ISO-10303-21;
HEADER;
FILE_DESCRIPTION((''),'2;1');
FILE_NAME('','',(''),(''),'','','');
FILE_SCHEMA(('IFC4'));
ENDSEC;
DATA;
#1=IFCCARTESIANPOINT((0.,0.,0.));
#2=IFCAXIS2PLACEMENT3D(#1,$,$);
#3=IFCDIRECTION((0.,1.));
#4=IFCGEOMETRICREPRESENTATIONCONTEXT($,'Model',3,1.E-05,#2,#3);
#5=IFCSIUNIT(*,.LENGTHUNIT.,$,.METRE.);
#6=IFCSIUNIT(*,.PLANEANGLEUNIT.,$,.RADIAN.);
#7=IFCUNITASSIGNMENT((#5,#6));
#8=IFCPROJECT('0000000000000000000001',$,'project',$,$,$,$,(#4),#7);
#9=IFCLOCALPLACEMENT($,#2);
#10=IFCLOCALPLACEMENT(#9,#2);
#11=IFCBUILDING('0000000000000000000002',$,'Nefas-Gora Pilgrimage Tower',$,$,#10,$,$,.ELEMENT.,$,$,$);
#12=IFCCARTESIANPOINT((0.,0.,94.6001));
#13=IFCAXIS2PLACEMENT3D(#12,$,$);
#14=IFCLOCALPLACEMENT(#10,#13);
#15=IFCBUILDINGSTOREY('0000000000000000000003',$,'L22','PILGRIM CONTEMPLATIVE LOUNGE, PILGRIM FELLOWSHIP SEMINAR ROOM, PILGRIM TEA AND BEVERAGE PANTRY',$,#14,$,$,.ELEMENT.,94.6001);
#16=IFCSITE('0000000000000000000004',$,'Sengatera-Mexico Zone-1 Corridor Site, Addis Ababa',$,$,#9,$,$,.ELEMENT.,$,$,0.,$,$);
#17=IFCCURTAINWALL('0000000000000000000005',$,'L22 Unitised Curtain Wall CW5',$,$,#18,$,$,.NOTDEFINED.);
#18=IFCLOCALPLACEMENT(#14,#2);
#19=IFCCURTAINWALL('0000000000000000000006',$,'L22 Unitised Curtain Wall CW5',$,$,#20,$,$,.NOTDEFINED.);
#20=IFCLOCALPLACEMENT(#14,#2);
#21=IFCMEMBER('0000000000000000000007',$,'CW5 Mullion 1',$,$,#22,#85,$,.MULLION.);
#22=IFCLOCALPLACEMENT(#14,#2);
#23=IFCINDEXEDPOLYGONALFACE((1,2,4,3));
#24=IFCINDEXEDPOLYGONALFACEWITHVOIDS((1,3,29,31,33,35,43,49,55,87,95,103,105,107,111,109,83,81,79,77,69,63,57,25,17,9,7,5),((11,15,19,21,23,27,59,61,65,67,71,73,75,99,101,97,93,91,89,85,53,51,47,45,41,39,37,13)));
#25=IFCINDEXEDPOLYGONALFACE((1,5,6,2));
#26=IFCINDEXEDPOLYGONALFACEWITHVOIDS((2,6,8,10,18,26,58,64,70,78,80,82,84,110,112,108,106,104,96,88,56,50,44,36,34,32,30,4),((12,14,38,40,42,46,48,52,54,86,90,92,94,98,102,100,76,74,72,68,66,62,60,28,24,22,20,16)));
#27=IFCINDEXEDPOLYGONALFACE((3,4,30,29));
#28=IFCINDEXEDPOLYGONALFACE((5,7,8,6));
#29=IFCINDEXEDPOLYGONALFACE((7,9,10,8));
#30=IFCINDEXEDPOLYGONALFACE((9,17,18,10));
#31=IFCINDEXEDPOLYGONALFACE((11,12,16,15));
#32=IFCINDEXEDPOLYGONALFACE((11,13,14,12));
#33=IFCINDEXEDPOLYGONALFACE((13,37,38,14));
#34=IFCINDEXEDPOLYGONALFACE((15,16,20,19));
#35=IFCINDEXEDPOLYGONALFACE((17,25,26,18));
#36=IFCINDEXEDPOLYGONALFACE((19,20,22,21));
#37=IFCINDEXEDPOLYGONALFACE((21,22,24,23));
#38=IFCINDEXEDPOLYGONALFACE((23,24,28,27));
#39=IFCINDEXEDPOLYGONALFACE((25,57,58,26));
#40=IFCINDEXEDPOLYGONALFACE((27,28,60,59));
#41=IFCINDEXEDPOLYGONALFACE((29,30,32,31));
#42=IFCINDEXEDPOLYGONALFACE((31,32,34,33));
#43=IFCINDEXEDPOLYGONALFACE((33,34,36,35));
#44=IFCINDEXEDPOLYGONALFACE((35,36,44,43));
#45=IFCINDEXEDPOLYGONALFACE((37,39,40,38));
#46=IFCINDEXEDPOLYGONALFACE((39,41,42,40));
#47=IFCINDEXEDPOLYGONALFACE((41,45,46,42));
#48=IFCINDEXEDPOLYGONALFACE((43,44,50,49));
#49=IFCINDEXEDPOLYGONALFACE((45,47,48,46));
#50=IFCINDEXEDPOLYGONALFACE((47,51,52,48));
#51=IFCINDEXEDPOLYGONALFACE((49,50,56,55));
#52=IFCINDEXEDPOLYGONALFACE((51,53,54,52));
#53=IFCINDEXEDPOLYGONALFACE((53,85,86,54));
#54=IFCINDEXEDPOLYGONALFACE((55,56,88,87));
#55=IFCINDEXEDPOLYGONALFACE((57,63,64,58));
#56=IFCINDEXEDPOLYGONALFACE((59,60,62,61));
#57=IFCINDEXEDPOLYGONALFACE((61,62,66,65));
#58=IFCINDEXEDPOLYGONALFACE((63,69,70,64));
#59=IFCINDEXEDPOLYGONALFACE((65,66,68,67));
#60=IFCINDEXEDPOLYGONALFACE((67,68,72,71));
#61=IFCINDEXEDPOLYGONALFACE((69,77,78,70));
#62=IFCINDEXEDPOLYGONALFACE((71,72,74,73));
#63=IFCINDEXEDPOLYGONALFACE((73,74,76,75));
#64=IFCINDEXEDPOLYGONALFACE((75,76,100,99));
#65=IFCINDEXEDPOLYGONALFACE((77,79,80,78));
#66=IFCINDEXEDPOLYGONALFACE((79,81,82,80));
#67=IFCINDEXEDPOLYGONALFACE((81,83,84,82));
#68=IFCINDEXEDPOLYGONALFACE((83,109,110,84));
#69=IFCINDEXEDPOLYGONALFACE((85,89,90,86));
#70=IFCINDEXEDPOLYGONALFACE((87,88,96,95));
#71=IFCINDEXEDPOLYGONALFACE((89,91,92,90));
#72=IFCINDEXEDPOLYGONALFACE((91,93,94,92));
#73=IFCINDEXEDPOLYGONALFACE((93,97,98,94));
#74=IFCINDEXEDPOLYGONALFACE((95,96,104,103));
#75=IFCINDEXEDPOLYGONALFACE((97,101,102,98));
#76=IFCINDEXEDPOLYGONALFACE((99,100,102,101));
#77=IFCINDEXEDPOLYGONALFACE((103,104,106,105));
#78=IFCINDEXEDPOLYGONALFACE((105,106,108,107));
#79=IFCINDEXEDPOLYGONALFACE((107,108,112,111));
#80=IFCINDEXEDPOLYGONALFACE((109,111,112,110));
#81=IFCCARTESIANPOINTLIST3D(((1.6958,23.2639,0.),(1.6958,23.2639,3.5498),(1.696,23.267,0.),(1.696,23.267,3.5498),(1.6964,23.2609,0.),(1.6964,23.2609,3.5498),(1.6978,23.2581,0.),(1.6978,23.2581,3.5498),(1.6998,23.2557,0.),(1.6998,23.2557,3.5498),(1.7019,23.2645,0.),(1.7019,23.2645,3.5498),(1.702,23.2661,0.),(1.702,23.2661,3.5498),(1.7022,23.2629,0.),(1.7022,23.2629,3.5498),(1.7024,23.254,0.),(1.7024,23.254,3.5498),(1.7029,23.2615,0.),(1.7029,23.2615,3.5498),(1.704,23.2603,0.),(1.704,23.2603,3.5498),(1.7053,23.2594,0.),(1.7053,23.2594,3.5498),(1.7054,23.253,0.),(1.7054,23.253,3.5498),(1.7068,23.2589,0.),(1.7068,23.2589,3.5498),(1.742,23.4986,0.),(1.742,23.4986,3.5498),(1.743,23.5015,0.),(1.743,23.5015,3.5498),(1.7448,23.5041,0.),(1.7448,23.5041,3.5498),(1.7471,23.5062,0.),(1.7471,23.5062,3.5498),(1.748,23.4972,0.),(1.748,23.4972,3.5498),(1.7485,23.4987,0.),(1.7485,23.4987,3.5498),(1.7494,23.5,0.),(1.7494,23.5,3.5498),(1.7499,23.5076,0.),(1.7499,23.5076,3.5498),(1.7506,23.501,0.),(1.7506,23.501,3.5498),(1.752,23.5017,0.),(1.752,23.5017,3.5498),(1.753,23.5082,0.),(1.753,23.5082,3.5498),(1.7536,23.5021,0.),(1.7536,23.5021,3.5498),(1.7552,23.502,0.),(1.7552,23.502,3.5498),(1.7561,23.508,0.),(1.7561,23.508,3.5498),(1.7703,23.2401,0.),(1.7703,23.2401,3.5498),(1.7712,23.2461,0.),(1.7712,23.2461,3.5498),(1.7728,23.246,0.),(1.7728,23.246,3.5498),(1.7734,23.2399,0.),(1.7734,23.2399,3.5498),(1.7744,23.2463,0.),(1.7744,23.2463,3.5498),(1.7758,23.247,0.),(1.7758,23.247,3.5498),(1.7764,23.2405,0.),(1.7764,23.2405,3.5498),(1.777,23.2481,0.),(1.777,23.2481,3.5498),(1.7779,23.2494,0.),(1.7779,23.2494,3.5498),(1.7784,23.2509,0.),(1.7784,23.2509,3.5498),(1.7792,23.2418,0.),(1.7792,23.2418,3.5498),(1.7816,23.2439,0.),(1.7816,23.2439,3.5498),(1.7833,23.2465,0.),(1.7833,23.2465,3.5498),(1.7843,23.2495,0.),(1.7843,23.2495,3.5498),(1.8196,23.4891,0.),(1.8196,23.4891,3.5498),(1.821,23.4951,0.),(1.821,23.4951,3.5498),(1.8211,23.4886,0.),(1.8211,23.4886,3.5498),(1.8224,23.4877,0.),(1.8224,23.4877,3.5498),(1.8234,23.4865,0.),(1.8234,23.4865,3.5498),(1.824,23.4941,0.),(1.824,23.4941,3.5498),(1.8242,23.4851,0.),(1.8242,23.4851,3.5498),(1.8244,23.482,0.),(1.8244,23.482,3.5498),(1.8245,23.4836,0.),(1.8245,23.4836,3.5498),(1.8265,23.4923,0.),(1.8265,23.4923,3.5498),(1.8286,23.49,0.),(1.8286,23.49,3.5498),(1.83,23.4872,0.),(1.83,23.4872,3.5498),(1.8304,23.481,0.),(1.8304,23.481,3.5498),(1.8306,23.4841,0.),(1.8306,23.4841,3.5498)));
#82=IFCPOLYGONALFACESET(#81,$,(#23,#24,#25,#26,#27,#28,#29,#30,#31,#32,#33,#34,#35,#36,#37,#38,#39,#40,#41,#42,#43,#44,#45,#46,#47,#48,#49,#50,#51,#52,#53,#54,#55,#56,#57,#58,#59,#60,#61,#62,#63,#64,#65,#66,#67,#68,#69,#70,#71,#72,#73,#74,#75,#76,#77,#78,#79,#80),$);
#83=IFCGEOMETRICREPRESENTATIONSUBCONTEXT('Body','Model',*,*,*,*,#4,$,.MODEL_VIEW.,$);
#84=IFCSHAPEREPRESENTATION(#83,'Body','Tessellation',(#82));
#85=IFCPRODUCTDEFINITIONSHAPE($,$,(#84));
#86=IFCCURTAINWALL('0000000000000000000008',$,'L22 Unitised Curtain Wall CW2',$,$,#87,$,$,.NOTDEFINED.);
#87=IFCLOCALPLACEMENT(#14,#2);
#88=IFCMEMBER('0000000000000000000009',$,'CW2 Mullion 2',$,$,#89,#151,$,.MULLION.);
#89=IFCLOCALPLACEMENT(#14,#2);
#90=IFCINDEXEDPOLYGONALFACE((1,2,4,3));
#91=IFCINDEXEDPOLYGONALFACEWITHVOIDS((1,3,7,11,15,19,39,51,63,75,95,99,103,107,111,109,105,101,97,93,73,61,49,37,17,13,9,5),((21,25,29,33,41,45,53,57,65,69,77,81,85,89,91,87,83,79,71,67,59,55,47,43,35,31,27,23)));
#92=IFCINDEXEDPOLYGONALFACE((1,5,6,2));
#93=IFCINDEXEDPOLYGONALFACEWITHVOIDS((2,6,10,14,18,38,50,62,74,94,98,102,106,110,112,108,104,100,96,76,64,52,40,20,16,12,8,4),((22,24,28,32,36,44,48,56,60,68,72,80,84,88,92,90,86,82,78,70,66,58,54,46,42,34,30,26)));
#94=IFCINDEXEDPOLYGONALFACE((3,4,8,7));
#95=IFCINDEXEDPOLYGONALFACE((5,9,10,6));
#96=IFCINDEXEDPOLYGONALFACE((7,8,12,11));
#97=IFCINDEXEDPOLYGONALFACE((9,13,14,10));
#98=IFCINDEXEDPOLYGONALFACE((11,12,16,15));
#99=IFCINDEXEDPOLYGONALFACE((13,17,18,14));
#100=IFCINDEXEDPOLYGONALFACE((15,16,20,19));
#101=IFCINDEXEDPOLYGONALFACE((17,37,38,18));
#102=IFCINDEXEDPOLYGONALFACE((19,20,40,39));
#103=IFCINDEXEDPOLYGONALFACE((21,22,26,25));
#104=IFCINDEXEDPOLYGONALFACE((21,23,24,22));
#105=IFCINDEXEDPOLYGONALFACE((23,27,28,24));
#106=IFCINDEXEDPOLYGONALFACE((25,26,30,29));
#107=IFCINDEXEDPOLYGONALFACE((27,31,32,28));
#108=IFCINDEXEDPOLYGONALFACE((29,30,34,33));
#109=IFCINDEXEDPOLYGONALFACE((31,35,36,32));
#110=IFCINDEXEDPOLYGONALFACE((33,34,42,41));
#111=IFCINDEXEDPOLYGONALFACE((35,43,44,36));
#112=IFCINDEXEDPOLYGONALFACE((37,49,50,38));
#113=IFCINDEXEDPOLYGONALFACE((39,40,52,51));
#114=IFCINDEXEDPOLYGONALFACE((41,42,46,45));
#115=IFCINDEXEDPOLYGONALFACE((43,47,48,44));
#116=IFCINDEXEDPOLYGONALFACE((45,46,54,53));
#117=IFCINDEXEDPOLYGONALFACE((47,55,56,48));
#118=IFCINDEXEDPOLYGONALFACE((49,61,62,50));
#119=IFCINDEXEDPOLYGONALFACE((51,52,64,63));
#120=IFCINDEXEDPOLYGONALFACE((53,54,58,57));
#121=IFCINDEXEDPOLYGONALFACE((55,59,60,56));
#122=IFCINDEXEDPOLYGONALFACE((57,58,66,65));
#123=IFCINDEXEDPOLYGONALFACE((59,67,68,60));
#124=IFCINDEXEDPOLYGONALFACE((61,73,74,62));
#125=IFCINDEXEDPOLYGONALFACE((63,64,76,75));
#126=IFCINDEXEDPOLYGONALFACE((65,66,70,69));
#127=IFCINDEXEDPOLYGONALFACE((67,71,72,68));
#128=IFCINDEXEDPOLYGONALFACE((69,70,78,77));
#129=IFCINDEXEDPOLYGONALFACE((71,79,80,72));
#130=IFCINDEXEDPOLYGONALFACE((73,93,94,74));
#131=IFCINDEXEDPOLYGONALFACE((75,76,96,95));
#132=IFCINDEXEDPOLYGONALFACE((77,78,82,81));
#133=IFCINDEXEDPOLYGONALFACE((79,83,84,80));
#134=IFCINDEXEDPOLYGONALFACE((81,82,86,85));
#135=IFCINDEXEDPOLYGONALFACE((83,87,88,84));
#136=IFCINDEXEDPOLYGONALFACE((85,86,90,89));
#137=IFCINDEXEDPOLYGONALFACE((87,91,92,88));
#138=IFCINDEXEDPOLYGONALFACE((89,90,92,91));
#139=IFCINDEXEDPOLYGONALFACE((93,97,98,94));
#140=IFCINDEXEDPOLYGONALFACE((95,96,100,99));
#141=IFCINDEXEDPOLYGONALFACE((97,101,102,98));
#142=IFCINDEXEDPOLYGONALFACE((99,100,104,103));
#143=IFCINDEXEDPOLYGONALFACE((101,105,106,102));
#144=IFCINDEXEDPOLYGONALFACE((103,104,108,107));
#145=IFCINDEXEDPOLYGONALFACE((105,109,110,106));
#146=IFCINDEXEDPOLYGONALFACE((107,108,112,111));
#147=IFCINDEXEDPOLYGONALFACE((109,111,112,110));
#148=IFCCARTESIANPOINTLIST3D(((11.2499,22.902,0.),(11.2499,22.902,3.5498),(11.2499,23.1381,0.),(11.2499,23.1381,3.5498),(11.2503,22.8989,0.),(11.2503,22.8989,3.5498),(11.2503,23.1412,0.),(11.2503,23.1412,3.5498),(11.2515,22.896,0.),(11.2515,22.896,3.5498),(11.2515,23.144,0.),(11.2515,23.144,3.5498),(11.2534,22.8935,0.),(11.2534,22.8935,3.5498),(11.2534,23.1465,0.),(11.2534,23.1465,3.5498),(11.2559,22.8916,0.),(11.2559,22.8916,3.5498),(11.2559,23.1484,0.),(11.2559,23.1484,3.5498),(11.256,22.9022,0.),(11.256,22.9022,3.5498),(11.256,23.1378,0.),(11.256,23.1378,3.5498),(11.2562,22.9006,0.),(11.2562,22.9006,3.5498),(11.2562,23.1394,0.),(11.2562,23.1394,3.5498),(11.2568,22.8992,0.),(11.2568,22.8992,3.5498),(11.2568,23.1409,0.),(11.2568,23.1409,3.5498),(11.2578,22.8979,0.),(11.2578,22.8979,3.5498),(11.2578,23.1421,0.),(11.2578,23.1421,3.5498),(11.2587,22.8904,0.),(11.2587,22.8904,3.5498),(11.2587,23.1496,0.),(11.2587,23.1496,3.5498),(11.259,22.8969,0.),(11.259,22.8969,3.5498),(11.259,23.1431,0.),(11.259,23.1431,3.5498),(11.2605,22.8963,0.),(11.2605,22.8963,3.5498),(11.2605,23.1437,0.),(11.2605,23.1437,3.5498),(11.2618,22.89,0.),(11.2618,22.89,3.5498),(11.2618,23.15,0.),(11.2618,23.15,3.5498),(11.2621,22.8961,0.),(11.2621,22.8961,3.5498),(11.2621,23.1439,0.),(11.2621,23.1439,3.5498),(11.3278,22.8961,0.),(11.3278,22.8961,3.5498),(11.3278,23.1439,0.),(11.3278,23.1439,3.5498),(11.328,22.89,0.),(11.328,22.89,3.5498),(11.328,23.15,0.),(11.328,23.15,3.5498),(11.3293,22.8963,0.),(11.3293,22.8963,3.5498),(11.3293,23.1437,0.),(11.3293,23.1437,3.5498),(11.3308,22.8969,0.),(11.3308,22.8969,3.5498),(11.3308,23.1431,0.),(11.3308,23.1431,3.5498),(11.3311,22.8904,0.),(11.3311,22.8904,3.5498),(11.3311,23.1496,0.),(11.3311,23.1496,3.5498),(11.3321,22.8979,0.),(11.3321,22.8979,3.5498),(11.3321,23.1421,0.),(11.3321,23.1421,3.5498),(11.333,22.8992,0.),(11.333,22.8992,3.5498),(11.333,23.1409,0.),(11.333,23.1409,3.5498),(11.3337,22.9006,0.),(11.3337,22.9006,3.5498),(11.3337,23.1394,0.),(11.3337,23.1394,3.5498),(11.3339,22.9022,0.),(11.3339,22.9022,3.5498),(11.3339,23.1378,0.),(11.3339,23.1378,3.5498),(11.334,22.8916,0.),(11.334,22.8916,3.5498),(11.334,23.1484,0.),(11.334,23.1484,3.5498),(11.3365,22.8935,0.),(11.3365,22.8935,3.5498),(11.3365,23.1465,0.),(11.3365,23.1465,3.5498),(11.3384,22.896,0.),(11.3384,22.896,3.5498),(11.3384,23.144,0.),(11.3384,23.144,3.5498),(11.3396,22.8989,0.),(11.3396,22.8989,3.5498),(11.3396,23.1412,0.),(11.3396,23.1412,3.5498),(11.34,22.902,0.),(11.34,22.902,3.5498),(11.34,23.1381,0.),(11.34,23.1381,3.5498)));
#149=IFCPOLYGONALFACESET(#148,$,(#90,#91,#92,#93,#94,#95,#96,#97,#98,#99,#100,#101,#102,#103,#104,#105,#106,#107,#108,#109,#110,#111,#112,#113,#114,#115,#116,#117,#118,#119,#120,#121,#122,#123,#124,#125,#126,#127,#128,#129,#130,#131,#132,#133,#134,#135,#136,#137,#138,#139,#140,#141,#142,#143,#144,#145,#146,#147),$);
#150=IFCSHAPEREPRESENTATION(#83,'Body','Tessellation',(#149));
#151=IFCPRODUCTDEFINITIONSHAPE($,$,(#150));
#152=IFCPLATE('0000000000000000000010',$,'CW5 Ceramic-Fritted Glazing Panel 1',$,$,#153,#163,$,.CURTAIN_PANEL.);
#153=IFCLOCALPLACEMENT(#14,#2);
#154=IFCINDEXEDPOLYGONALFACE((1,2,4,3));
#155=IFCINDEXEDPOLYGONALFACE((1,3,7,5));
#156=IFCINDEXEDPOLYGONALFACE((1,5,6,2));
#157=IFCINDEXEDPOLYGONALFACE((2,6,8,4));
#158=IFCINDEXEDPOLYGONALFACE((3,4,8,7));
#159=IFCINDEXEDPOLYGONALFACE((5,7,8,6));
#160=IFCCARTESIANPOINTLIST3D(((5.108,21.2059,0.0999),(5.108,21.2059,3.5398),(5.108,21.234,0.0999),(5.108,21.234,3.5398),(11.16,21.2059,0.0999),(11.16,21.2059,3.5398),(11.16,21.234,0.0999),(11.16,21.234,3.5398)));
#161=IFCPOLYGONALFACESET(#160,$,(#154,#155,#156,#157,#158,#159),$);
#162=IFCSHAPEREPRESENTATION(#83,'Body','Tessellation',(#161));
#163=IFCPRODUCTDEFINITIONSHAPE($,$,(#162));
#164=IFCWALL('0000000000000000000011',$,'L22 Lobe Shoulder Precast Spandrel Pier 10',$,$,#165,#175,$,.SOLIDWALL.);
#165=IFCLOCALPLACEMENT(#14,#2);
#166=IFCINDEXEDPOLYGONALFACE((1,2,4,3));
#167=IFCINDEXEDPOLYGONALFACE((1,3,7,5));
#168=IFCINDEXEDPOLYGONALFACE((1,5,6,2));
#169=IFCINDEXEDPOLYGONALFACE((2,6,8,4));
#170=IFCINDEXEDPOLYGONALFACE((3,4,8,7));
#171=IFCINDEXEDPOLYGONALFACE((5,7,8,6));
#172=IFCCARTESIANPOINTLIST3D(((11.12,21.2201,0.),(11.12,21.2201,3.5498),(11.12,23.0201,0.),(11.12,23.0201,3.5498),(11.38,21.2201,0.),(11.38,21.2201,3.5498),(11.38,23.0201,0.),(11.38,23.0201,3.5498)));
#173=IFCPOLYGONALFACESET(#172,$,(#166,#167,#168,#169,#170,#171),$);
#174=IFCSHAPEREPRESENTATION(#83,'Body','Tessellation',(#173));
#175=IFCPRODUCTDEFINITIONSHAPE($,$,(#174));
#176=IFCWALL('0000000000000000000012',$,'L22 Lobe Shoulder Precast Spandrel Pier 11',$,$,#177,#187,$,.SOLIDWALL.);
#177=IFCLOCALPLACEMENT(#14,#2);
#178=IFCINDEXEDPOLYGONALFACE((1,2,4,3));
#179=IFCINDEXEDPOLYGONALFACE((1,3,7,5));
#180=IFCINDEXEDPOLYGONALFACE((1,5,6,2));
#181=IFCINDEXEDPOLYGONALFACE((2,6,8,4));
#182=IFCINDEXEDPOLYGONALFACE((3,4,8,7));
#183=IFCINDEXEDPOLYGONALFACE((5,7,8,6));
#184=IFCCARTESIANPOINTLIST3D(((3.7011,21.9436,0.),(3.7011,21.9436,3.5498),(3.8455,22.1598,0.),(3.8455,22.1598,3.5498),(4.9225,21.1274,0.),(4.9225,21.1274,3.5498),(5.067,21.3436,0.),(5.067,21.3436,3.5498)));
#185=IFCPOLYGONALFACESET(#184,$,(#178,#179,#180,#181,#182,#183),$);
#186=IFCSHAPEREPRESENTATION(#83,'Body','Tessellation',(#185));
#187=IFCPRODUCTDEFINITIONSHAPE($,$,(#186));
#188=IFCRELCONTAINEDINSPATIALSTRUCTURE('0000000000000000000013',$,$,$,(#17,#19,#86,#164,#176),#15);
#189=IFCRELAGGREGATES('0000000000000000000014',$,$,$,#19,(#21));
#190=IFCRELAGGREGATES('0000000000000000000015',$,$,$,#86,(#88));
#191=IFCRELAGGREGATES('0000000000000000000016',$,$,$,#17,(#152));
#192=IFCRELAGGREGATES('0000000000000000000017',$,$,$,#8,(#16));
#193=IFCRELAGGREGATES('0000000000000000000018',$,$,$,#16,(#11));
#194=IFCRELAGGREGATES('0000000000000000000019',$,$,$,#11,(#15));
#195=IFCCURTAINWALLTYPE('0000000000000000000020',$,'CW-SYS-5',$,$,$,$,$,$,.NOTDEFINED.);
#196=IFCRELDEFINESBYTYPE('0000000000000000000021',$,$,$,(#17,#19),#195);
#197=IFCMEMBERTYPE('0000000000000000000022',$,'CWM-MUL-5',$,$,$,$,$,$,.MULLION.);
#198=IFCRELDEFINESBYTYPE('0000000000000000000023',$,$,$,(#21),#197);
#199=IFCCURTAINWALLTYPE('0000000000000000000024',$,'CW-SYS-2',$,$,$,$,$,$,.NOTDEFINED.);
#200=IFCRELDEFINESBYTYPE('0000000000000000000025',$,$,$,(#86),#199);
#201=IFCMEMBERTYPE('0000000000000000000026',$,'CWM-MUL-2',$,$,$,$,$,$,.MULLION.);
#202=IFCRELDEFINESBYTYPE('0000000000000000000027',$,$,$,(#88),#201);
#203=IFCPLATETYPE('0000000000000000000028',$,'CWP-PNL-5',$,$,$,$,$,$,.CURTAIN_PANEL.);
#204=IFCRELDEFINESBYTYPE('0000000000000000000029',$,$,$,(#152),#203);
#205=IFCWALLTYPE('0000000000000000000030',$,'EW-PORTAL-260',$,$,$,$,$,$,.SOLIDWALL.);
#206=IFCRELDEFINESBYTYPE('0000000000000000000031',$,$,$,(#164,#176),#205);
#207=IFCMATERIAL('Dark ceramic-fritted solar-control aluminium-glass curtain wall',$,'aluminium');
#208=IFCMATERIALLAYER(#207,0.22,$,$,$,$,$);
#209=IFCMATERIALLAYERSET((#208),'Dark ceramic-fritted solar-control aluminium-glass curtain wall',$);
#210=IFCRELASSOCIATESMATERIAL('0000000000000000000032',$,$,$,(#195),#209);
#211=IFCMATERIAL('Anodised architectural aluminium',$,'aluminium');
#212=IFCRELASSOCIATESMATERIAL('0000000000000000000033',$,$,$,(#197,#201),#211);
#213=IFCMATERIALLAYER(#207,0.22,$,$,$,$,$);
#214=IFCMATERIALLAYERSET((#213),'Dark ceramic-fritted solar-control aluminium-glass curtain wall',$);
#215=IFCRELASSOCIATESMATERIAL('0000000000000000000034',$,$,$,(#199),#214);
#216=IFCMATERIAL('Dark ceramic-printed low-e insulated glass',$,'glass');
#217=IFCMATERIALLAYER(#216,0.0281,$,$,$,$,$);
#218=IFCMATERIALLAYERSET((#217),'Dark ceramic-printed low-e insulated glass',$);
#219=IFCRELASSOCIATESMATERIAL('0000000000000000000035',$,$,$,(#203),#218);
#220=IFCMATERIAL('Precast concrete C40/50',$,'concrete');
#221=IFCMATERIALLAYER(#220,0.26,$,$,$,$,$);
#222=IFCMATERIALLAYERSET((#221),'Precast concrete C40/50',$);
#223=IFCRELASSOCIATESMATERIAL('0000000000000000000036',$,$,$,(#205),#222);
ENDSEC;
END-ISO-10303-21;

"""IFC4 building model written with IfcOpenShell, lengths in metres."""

from ifc_helpers import new_model, si_unit, direction, frame, frame_2d, origin, origin_2d, place, context, subcontext, project, spatial, rectangle, hollow_rectangle, extrude, source, transform, mapped, material, layer, layer_set, material_profile, profile_set, type_object, element, aggregate, save


model = new_model("IFC4")

# Units and contexts
model_context = context("Model", 3, precision=1e-05, world=origin(), true_north=direction((0.0, 1.0)))
body_context = subcontext(model_context, "Body", "Model", "MODEL_VIEW")
ifc_project = project(units=[si_unit("LENGTHUNIT", "METRE"), si_unit("PLANEANGLEUNIT", "RADIAN")], contexts=[model_context])

# Site, building, storey
site_placement = place(None, origin())
site = spatial("IfcSite", under=ifc_project, at=site_placement, Name="Sengatera-Mexico Zone-1 Corridor Site, Addis Ababa", CompositionType="ELEMENT", RefElevation=0.0)
building_placement = place(site_placement, origin())
building = spatial("IfcBuilding", under=site, at=building_placement, Name="Nefas-Gora Pilgrimage Tower", CompositionType="ELEMENT")
storey_placement = place(building_placement, frame((0.0, 0.0, 94.6001)))
storey = spatial("IfcBuildingStorey", under=building, at=storey_placement, Name="L22", Description="PILGRIM CONTEMPLATIVE LOUNGE, PILGRIM FELLOWSHIP SEMINAR ROOM, PILGRIM TEA AND BEVERAGE PANTRY", CompositionType="ELEMENT", Elevation=94.6001)

# Curtain walls
ifc_material_1 = material(Name="Dark ceramic-fritted solar-control aluminium-glass curtain wall", Category="aluminium")
ifc_layer_1 = layer(ifc_material_1, 0.22)
ifc_layer_set_1 = layer_set([ifc_layer_1], Name="Dark ceramic-fritted solar-control aluminium-glass curtain wall")
curtain_wall_type_1 = type_object("IfcCurtainWallType", Name="CW-SYS-5", PredefinedType="NOTDEFINED", material=ifc_layer_set_1)
curtain_wall_1_placement = place(storey_placement, origin())
curtain_wall_1 = element("IfcCurtainWall", 1, at=curtain_wall_1_placement, inside=storey, type_object=curtain_wall_type_1, Name="L22 Unitised Curtain Wall CW5", PredefinedType="NOTDEFINED")
ifc_material_2 = material(Name="Anodised architectural aluminium", Category="aluminium")
curtain_wall_2_placement = place(storey_placement, origin())
curtain_wall_2 = element("IfcCurtainWall", 2, at=curtain_wall_2_placement, inside=storey, type_object=curtain_wall_type_1, Name="L22 Unitised Curtain Wall CW5", PredefinedType="NOTDEFINED")

# Member
ifc_material_profile_1 = material_profile(ifc_material_2, hollow_rectangle(XDim=0.0901, YDim=0.26, WallThickness=0.0061, InnerFilletRadius=0.0061, OuterFilletRadius=0.012, at=origin_2d()), Name="ALU MULLION 90x260")
ifc_profile_set_1 = profile_set([ifc_material_profile_1], Name="Anodised architectural aluminium")
member_type_1 = type_object("IfcMemberType", Name="CWM-MUL-5", PredefinedType="MULLION", material=ifc_profile_set_1)
shared_shape_1 = source(origin(), body_context, "Body", "SweptSolid", [
    extrude(hollow_rectangle(XDim=0.0901, YDim=0.26, WallThickness=0.0061, InnerFilletRadius=0.0061, OuterFilletRadius=0.012, at=origin_2d()), origin(), (0.0, 0.0, 1.0), 3.5498),
])
member_1_placement = place(storey_placement, frame((1.7632, 23.374, 0.0), z_axis=(0.0, 0.0, 1.0), x_axis=(-0.980783, 0.195102, 0.0)))
member_1 = element("IfcMember", 3, at=member_1_placement, type_object=member_type_1, Name="CW5 Mullion 1", PredefinedType="MULLION", context=body_context, shape_type="MappedRepresentation", body=[
    mapped(shared_shape_1, transform((0.0, 0.0, 0.0), x_axis=(1.0, 0.0, 0.0), y_axis=(0.0, 1.0, 0.0), z_axis=(0.0, 0.0, 1.0), scale=1.0)),
])
aggregate(curtain_wall_2, [member_1])

# Curtain wall, member
ifc_layer_2 = layer(ifc_material_1, 0.22)
ifc_layer_set_2 = layer_set([ifc_layer_2], Name="Dark ceramic-fritted solar-control aluminium-glass curtain wall")
curtain_wall_type_2 = type_object("IfcCurtainWallType", Name="CW-SYS-2", PredefinedType="NOTDEFINED", material=ifc_layer_set_2)
curtain_wall_3_placement = place(storey_placement, origin())
curtain_wall_3 = element("IfcCurtainWall", 4, at=curtain_wall_3_placement, inside=storey, type_object=curtain_wall_type_2, Name="L22 Unitised Curtain Wall CW2", PredefinedType="NOTDEFINED")
ifc_material_profile_2 = material_profile(ifc_material_2, hollow_rectangle(XDim=0.0901, YDim=0.26, WallThickness=0.0061, InnerFilletRadius=0.0061, OuterFilletRadius=0.012, at=origin_2d()), Name="ALU MULLION 90x260")
ifc_profile_set_2 = profile_set([ifc_material_profile_2], Name="Anodised architectural aluminium")
member_type_2 = type_object("IfcMemberType", Name="CWM-MUL-2", PredefinedType="MULLION", material=ifc_profile_set_2)
shared_shape_2 = source(origin(), body_context, "Body", "SweptSolid", [
    extrude(hollow_rectangle(XDim=0.0901, YDim=0.26, WallThickness=0.0061, InnerFilletRadius=0.0061, OuterFilletRadius=0.012, at=origin_2d()), origin(), (0.0, 0.0, 1.0), 3.5498),
])
member_2_placement = place(storey_placement, frame((11.2949, 23.02, 0.0), z_axis=(0.0, 0.0, 1.0), x_axis=(-1.0, 0.0, 0.0)))
member_2 = element("IfcMember", 5, at=member_2_placement, type_object=member_type_2, Name="CW2 Mullion 2", PredefinedType="MULLION", context=body_context, shape_type="MappedRepresentation", body=[
    mapped(shared_shape_2, transform((0.0, 0.0, 0.0), x_axis=(1.0, 0.0, 0.0), y_axis=(0.0, 1.0, 0.0), z_axis=(0.0, 0.0, 1.0), scale=1.0)),
])
aggregate(curtain_wall_3, [member_2])

# Plate
ifc_material_3 = material(Name="Dark ceramic-printed low-e insulated glass", Category="glass")
ifc_layer_3 = layer(ifc_material_3, 0.0281)
ifc_layer_set_3 = layer_set([ifc_layer_3], Name="Dark ceramic-printed low-e insulated glass")
plate_type = type_object("IfcPlateType", Name="CWP-PNL-5", PredefinedType="CURTAIN_PANEL", material=ifc_layer_set_3)
shared_shape_3 = source(origin(), body_context, "Body", "SweptSolid", [
    extrude(rectangle(XDim=6.052, YDim=0.0281, at=origin_2d()), origin(), (0.0, 0.0, 1.0), 3.4399),
])
plate_placement = place(storey_placement, frame((8.134, 21.22, 0.0999), z_axis=(0.0, 0.0, 1.0), x_axis=(-1.0, 0.0, 0.0)))
plate = element("IfcPlate", 6, at=plate_placement, type_object=plate_type, Name="CW5 Ceramic-Fritted Glazing Panel 1", PredefinedType="CURTAIN_PANEL", context=body_context, shape_type="MappedRepresentation", body=[
    mapped(shared_shape_3, transform((0.0, 0.0, 0.0), x_axis=(1.0, 0.0, 0.0), y_axis=(0.0, 1.0, 0.0), z_axis=(0.0, 0.0, 1.0), scale=1.0)),
])
aggregate(curtain_wall_1, [plate])

# Walls
ifc_material_4 = material(Name="Precast concrete C40/50", Category="concrete")
ifc_layer_4 = layer(ifc_material_4, 0.26)
ifc_layer_set_4 = layer_set([ifc_layer_4], Name="Precast concrete C40/50")
wall_type_1 = type_object("IfcWallType", Name="EW-PORTAL-260", PredefinedType="SOLIDWALL", material=ifc_layer_set_4)
shared_shape_4 = source(origin(), body_context, "Body", "SweptSolid", [
    extrude(rectangle(XDim=1.8, YDim=0.26, at=frame_2d((0.8999, 0.0))), origin(), (0.0, 0.0, 1.0), 3.5498),
])
wall_1_placement = place(storey_placement, frame((11.25, 23.02, 0.0), z_axis=(0.0, 0.0, 1.0), x_axis=(0.0, -1.0, 0.0)))
element("IfcWall", 7, at=wall_1_placement, inside=storey, type_object=wall_type_1, Name="L22 Lobe Shoulder Precast Spandrel Pier 10", PredefinedType="SOLIDWALL", context=body_context, shape_type="MappedRepresentation", body=[
    mapped(shared_shape_4, transform((0.0, 0.0, 0.0), x_axis=(1.0, 0.0, 0.0), y_axis=(0.0, 1.0, 0.0), z_axis=(0.0, 0.0, 1.0), scale=1.0)),
])
shared_shape_5 = source(origin(), body_context, "Body", "SweptSolid", [
    extrude(rectangle(XDim=1.469, YDim=0.26, at=frame_2d((0.7344, 0.0))), origin(), (0.0, 0.0, 1.0), 3.5498),
])
wall_2_placement = place(storey_placement, frame((4.9946, 21.2356, 0.0), z_axis=(0.0, 0.0, 1.0), x_axis=(-0.831462, 0.555582, 0.0)))
element("IfcWall", 8, at=wall_2_placement, inside=storey, type_object=wall_type_1, Name="L22 Lobe Shoulder Precast Spandrel Pier 11", PredefinedType="SOLIDWALL", context=body_context, shape_type="MappedRepresentation", body=[
    mapped(shared_shape_5, transform((0.0, 0.0, 0.0), x_axis=(1.0, 0.0, 0.0), y_axis=(0.0, 1.0, 0.0), z_axis=(0.0, 0.0, 1.0), scale=1.0)),
])

save(model, "model.ifc")
